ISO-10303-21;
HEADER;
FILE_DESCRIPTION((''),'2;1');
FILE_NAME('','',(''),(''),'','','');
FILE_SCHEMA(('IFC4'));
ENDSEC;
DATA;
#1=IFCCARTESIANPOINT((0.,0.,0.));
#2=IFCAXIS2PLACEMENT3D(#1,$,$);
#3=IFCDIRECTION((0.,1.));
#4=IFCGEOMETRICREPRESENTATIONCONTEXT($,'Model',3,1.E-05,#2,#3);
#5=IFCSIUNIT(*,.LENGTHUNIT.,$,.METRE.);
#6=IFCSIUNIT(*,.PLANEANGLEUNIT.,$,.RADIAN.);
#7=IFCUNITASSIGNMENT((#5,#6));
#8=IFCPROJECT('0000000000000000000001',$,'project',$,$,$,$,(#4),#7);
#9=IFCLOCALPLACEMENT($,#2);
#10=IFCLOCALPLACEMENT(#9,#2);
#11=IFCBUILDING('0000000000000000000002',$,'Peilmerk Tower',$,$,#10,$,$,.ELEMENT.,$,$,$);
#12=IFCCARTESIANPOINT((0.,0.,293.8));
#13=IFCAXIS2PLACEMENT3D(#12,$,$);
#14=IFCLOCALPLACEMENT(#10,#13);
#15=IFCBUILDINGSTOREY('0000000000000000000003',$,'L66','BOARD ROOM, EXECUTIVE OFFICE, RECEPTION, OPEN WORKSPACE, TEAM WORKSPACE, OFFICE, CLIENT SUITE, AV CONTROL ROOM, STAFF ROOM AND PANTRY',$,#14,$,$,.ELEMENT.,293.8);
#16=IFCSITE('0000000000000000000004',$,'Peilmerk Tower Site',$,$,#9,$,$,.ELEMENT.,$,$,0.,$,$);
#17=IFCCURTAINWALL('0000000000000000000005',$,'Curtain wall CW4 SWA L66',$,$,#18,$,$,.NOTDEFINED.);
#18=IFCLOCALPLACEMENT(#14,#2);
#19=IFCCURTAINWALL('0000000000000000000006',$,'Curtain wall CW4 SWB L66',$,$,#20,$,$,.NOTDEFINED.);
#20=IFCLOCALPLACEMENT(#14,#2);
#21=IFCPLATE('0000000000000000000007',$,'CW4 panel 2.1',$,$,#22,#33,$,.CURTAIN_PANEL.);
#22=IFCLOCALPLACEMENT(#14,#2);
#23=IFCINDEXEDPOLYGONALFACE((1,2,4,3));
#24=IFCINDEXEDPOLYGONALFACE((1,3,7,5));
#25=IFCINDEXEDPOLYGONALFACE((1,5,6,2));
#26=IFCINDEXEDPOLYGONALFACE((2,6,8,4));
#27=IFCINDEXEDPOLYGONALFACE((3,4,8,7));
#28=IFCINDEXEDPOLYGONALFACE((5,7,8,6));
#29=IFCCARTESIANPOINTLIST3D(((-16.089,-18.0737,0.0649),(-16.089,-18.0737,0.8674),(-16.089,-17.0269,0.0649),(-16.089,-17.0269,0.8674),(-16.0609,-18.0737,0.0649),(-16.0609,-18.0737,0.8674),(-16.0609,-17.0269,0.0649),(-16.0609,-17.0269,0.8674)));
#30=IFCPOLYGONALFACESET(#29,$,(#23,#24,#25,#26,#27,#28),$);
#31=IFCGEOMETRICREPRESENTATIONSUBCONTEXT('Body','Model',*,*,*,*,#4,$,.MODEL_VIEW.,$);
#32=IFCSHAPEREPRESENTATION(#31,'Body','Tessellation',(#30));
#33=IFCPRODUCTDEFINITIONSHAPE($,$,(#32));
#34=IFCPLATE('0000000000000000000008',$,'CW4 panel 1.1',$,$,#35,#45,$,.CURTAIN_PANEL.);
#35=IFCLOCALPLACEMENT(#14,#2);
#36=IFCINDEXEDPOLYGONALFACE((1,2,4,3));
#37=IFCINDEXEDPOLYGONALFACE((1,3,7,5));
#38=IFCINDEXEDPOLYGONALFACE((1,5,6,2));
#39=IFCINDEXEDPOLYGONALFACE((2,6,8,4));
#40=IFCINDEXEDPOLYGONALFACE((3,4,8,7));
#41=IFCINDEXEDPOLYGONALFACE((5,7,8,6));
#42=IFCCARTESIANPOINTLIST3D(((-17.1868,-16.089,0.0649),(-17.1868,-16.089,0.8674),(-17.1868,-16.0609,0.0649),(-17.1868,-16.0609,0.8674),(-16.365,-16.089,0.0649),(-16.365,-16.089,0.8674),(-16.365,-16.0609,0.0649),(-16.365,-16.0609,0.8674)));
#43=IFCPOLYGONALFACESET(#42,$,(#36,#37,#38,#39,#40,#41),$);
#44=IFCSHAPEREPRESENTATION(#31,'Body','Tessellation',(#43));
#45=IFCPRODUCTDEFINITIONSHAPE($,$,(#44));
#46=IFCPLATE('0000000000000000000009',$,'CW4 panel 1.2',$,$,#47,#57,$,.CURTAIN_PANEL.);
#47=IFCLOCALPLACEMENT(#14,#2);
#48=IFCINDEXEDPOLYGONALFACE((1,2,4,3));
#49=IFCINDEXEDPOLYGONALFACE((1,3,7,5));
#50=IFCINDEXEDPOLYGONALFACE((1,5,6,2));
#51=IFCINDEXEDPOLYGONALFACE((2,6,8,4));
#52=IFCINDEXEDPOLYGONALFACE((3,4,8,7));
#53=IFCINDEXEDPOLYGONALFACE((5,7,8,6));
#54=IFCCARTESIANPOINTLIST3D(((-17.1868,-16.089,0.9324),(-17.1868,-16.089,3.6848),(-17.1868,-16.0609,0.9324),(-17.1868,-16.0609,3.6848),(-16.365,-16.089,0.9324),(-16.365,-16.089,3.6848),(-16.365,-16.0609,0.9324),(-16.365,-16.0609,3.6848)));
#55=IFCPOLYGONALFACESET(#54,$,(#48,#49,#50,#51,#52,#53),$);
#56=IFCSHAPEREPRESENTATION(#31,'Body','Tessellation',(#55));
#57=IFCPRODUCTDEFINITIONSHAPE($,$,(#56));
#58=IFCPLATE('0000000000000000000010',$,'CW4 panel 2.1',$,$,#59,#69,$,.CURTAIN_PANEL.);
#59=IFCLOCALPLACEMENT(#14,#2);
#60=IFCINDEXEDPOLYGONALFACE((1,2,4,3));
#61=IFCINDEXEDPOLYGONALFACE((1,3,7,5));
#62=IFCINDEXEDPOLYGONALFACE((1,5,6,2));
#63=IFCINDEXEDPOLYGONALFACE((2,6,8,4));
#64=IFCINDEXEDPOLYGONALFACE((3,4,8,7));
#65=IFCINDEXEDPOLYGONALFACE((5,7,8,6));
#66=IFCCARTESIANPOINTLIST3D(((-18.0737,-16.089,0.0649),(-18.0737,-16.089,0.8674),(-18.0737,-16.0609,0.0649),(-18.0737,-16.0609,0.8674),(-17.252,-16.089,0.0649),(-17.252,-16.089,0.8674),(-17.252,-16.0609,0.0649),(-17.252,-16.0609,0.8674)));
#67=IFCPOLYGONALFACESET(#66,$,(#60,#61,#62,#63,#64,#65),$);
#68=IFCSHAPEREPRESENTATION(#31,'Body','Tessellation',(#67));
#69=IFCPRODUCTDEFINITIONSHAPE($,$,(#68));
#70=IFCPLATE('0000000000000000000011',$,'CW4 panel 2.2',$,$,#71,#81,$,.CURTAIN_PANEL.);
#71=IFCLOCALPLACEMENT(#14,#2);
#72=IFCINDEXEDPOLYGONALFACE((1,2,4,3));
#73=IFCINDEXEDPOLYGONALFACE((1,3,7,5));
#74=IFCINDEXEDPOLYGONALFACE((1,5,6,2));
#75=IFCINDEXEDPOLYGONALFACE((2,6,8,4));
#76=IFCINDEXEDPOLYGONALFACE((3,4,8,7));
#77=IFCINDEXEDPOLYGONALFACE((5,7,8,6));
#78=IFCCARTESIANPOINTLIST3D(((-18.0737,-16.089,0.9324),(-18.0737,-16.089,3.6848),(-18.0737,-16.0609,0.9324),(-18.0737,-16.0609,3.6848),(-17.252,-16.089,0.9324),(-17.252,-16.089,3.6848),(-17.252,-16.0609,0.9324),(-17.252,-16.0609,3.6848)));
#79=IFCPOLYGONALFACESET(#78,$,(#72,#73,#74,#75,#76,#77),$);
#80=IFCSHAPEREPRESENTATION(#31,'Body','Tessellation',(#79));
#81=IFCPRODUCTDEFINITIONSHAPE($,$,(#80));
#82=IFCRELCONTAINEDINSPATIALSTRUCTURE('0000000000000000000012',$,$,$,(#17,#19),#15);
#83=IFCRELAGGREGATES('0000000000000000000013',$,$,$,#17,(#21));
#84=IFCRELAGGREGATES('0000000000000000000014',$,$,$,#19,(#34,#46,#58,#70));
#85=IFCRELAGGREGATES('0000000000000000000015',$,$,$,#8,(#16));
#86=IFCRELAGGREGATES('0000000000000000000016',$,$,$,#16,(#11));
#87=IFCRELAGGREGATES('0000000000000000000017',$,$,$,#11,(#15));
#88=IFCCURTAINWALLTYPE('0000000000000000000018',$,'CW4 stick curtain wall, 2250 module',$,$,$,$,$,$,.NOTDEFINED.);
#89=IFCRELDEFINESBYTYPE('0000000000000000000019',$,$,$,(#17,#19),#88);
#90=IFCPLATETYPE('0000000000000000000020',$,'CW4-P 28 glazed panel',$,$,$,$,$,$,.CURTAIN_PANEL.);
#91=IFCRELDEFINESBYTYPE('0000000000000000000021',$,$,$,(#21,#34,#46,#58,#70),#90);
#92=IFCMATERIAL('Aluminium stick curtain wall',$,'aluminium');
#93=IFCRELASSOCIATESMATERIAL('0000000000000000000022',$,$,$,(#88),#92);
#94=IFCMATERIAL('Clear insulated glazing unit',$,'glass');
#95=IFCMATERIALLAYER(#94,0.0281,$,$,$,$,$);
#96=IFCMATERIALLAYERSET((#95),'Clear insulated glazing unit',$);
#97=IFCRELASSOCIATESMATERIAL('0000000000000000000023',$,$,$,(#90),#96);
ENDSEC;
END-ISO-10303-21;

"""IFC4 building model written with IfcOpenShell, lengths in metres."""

from ifc_helpers import new_model, si_unit, direction, frame, origin, origin_2d, place, context, subcontext, project, spatial, rectangle, extrude, material, layer, layer_set, type_object, element, aggregate, save


model = new_model("IFC4")

# Units and contexts
model_context = context("Model", 3, precision=1e-05, world=origin(), true_north=direction((0.0, 1.0)))
body_context = subcontext(model_context, "Body", "Model", "MODEL_VIEW")
ifc_project = project(units=[si_unit("LENGTHUNIT", "METRE"), si_unit("PLANEANGLEUNIT", "RADIAN")], contexts=[model_context])

# Site, building, storey
site_placement = place(None, origin())
site = spatial("IfcSite", under=ifc_project, at=site_placement, Name="Peilmerk Tower Site", CompositionType="ELEMENT", RefElevation=0.0)
building_placement = place(site_placement, origin())
building = spatial("IfcBuilding", under=site, at=building_placement, Name="Peilmerk Tower", CompositionType="ELEMENT")
storey_placement = place(building_placement, frame((0.0, 0.0, 293.8)))
storey = spatial("IfcBuildingStorey", under=building, at=storey_placement, Name="L66", Description="BOARD ROOM, EXECUTIVE OFFICE, RECEPTION, OPEN WORKSPACE, TEAM WORKSPACE, OFFICE, CLIENT SUITE, AV CONTROL ROOM, STAFF ROOM AND PANTRY", CompositionType="ELEMENT", Elevation=293.8)

# Curtain wall
ifc_material_1 = material(Name="Aluminium stick curtain wall", Category="aluminium")
curtain_wall_type = type_object("IfcCurtainWallType", Name="CW4 stick curtain wall, 2250 module", PredefinedType="NOTDEFINED", material=ifc_material_1)
curtain_wall_1_placement = place(storey_placement, origin())
curtain_wall_1 = element("IfcCurtainWall", 1, at=curtain_wall_1_placement, inside=storey, type_object=curtain_wall_type, Name="Curtain wall CW4 SWA L66", PredefinedType="NOTDEFINED")

# Curtain wall
curtain_wall_2_placement = place(storey_placement, origin())
curtain_wall_2 = element("IfcCurtainWall", 2, at=curtain_wall_2_placement, inside=storey, type_object=curtain_wall_type, Name="Curtain wall CW4 SWB L66", PredefinedType="NOTDEFINED")

# Plates
ifc_material_2 = material(Name="Clear insulated glazing unit", Category="glass")
ifc_layer_1 = layer(ifc_material_2, 0.0281)
ifc_layer_set_1 = layer_set([ifc_layer_1], Name="Clear insulated glazing unit")
plate_type = type_object("IfcPlateType", Name="CW4-P 28 glazed panel", PredefinedType="CURTAIN_PANEL", material=ifc_layer_set_1)
plate_1_placement = place(storey_placement, frame((-16.075, -17.5503, 0.0649), z_axis=(0.0, 0.0, 1.0), x_axis=(0.0, -1.0, 0.0)))
plate_1 = element("IfcPlate", 3, at=plate_1_placement, type_object=plate_type, Name="CW4 panel 2.1", PredefinedType="CURTAIN_PANEL", context=body_context, shape_type="SweptSolid", body=[
    extrude(rectangle(XDim=1.0469, YDim=0.0281, at=origin_2d()), origin(), (0.0, 0.0, 1.0), 0.8025),
])
aggregate(curtain_wall_1, [plate_1])
plate_2_placement = place(storey_placement, frame((-16.7759, -16.075, 0.0649), z_axis=(0.0, 0.0, 1.0), x_axis=(-1.0, 0.0, 0.0)))
plate_2 = element("IfcPlate", 4, at=plate_2_placement, type_object=plate_type, Name="CW4 panel 1.1", PredefinedType="CURTAIN_PANEL", context=body_context, shape_type="SweptSolid", body=[
    extrude(rectangle(XDim=0.8218, YDim=0.0281, at=origin_2d()), origin(), (0.0, 0.0, 1.0), 0.8025),
])
plate_3_placement = place(storey_placement, frame((-16.7759, -16.075, 0.9324), z_axis=(0.0, 0.0, 1.0), x_axis=(-1.0, 0.0, 0.0)))
plate_3 = element("IfcPlate", 5, at=plate_3_placement, type_object=plate_type, Name="CW4 panel 1.2", PredefinedType="CURTAIN_PANEL", context=body_context, shape_type="SweptSolid", body=[
    extrude(rectangle(XDim=0.8218, YDim=0.0281, at=origin_2d()), origin(), (0.0, 0.0, 1.0), 2.7524),
])
plate_4_placement = place(storey_placement, frame((-17.6628, -16.075, 0.0649), z_axis=(0.0, 0.0, 1.0), x_axis=(-1.0, 0.0, 0.0)))
plate_4 = element("IfcPlate", 6, at=plate_4_placement, type_object=plate_type, Name="CW4 panel 2.1", PredefinedType="CURTAIN_PANEL", context=body_context, shape_type="SweptSolid", body=[
    extrude(rectangle(XDim=0.8218, YDim=0.0281, at=origin_2d()), origin(), (0.0, 0.0, 1.0), 0.8025),
])
plate_5_placement = place(storey_placement, frame((-17.6628, -16.075, 0.9324), z_axis=(0.0, 0.0, 1.0), x_axis=(-1.0, 0.0, 0.0)))
plate_5 = element("IfcPlate", 7, at=plate_5_placement, type_object=plate_type, Name="CW4 panel 2.2", PredefinedType="CURTAIN_PANEL", context=body_context, shape_type="SweptSolid", body=[
    extrude(rectangle(XDim=0.8218, YDim=0.0281, at=origin_2d()), origin(), (0.0, 0.0, 1.0), 2.7524),
])
aggregate(curtain_wall_2, [plate_2, plate_3, plate_4, plate_5])

save(model, "model.ifc")
